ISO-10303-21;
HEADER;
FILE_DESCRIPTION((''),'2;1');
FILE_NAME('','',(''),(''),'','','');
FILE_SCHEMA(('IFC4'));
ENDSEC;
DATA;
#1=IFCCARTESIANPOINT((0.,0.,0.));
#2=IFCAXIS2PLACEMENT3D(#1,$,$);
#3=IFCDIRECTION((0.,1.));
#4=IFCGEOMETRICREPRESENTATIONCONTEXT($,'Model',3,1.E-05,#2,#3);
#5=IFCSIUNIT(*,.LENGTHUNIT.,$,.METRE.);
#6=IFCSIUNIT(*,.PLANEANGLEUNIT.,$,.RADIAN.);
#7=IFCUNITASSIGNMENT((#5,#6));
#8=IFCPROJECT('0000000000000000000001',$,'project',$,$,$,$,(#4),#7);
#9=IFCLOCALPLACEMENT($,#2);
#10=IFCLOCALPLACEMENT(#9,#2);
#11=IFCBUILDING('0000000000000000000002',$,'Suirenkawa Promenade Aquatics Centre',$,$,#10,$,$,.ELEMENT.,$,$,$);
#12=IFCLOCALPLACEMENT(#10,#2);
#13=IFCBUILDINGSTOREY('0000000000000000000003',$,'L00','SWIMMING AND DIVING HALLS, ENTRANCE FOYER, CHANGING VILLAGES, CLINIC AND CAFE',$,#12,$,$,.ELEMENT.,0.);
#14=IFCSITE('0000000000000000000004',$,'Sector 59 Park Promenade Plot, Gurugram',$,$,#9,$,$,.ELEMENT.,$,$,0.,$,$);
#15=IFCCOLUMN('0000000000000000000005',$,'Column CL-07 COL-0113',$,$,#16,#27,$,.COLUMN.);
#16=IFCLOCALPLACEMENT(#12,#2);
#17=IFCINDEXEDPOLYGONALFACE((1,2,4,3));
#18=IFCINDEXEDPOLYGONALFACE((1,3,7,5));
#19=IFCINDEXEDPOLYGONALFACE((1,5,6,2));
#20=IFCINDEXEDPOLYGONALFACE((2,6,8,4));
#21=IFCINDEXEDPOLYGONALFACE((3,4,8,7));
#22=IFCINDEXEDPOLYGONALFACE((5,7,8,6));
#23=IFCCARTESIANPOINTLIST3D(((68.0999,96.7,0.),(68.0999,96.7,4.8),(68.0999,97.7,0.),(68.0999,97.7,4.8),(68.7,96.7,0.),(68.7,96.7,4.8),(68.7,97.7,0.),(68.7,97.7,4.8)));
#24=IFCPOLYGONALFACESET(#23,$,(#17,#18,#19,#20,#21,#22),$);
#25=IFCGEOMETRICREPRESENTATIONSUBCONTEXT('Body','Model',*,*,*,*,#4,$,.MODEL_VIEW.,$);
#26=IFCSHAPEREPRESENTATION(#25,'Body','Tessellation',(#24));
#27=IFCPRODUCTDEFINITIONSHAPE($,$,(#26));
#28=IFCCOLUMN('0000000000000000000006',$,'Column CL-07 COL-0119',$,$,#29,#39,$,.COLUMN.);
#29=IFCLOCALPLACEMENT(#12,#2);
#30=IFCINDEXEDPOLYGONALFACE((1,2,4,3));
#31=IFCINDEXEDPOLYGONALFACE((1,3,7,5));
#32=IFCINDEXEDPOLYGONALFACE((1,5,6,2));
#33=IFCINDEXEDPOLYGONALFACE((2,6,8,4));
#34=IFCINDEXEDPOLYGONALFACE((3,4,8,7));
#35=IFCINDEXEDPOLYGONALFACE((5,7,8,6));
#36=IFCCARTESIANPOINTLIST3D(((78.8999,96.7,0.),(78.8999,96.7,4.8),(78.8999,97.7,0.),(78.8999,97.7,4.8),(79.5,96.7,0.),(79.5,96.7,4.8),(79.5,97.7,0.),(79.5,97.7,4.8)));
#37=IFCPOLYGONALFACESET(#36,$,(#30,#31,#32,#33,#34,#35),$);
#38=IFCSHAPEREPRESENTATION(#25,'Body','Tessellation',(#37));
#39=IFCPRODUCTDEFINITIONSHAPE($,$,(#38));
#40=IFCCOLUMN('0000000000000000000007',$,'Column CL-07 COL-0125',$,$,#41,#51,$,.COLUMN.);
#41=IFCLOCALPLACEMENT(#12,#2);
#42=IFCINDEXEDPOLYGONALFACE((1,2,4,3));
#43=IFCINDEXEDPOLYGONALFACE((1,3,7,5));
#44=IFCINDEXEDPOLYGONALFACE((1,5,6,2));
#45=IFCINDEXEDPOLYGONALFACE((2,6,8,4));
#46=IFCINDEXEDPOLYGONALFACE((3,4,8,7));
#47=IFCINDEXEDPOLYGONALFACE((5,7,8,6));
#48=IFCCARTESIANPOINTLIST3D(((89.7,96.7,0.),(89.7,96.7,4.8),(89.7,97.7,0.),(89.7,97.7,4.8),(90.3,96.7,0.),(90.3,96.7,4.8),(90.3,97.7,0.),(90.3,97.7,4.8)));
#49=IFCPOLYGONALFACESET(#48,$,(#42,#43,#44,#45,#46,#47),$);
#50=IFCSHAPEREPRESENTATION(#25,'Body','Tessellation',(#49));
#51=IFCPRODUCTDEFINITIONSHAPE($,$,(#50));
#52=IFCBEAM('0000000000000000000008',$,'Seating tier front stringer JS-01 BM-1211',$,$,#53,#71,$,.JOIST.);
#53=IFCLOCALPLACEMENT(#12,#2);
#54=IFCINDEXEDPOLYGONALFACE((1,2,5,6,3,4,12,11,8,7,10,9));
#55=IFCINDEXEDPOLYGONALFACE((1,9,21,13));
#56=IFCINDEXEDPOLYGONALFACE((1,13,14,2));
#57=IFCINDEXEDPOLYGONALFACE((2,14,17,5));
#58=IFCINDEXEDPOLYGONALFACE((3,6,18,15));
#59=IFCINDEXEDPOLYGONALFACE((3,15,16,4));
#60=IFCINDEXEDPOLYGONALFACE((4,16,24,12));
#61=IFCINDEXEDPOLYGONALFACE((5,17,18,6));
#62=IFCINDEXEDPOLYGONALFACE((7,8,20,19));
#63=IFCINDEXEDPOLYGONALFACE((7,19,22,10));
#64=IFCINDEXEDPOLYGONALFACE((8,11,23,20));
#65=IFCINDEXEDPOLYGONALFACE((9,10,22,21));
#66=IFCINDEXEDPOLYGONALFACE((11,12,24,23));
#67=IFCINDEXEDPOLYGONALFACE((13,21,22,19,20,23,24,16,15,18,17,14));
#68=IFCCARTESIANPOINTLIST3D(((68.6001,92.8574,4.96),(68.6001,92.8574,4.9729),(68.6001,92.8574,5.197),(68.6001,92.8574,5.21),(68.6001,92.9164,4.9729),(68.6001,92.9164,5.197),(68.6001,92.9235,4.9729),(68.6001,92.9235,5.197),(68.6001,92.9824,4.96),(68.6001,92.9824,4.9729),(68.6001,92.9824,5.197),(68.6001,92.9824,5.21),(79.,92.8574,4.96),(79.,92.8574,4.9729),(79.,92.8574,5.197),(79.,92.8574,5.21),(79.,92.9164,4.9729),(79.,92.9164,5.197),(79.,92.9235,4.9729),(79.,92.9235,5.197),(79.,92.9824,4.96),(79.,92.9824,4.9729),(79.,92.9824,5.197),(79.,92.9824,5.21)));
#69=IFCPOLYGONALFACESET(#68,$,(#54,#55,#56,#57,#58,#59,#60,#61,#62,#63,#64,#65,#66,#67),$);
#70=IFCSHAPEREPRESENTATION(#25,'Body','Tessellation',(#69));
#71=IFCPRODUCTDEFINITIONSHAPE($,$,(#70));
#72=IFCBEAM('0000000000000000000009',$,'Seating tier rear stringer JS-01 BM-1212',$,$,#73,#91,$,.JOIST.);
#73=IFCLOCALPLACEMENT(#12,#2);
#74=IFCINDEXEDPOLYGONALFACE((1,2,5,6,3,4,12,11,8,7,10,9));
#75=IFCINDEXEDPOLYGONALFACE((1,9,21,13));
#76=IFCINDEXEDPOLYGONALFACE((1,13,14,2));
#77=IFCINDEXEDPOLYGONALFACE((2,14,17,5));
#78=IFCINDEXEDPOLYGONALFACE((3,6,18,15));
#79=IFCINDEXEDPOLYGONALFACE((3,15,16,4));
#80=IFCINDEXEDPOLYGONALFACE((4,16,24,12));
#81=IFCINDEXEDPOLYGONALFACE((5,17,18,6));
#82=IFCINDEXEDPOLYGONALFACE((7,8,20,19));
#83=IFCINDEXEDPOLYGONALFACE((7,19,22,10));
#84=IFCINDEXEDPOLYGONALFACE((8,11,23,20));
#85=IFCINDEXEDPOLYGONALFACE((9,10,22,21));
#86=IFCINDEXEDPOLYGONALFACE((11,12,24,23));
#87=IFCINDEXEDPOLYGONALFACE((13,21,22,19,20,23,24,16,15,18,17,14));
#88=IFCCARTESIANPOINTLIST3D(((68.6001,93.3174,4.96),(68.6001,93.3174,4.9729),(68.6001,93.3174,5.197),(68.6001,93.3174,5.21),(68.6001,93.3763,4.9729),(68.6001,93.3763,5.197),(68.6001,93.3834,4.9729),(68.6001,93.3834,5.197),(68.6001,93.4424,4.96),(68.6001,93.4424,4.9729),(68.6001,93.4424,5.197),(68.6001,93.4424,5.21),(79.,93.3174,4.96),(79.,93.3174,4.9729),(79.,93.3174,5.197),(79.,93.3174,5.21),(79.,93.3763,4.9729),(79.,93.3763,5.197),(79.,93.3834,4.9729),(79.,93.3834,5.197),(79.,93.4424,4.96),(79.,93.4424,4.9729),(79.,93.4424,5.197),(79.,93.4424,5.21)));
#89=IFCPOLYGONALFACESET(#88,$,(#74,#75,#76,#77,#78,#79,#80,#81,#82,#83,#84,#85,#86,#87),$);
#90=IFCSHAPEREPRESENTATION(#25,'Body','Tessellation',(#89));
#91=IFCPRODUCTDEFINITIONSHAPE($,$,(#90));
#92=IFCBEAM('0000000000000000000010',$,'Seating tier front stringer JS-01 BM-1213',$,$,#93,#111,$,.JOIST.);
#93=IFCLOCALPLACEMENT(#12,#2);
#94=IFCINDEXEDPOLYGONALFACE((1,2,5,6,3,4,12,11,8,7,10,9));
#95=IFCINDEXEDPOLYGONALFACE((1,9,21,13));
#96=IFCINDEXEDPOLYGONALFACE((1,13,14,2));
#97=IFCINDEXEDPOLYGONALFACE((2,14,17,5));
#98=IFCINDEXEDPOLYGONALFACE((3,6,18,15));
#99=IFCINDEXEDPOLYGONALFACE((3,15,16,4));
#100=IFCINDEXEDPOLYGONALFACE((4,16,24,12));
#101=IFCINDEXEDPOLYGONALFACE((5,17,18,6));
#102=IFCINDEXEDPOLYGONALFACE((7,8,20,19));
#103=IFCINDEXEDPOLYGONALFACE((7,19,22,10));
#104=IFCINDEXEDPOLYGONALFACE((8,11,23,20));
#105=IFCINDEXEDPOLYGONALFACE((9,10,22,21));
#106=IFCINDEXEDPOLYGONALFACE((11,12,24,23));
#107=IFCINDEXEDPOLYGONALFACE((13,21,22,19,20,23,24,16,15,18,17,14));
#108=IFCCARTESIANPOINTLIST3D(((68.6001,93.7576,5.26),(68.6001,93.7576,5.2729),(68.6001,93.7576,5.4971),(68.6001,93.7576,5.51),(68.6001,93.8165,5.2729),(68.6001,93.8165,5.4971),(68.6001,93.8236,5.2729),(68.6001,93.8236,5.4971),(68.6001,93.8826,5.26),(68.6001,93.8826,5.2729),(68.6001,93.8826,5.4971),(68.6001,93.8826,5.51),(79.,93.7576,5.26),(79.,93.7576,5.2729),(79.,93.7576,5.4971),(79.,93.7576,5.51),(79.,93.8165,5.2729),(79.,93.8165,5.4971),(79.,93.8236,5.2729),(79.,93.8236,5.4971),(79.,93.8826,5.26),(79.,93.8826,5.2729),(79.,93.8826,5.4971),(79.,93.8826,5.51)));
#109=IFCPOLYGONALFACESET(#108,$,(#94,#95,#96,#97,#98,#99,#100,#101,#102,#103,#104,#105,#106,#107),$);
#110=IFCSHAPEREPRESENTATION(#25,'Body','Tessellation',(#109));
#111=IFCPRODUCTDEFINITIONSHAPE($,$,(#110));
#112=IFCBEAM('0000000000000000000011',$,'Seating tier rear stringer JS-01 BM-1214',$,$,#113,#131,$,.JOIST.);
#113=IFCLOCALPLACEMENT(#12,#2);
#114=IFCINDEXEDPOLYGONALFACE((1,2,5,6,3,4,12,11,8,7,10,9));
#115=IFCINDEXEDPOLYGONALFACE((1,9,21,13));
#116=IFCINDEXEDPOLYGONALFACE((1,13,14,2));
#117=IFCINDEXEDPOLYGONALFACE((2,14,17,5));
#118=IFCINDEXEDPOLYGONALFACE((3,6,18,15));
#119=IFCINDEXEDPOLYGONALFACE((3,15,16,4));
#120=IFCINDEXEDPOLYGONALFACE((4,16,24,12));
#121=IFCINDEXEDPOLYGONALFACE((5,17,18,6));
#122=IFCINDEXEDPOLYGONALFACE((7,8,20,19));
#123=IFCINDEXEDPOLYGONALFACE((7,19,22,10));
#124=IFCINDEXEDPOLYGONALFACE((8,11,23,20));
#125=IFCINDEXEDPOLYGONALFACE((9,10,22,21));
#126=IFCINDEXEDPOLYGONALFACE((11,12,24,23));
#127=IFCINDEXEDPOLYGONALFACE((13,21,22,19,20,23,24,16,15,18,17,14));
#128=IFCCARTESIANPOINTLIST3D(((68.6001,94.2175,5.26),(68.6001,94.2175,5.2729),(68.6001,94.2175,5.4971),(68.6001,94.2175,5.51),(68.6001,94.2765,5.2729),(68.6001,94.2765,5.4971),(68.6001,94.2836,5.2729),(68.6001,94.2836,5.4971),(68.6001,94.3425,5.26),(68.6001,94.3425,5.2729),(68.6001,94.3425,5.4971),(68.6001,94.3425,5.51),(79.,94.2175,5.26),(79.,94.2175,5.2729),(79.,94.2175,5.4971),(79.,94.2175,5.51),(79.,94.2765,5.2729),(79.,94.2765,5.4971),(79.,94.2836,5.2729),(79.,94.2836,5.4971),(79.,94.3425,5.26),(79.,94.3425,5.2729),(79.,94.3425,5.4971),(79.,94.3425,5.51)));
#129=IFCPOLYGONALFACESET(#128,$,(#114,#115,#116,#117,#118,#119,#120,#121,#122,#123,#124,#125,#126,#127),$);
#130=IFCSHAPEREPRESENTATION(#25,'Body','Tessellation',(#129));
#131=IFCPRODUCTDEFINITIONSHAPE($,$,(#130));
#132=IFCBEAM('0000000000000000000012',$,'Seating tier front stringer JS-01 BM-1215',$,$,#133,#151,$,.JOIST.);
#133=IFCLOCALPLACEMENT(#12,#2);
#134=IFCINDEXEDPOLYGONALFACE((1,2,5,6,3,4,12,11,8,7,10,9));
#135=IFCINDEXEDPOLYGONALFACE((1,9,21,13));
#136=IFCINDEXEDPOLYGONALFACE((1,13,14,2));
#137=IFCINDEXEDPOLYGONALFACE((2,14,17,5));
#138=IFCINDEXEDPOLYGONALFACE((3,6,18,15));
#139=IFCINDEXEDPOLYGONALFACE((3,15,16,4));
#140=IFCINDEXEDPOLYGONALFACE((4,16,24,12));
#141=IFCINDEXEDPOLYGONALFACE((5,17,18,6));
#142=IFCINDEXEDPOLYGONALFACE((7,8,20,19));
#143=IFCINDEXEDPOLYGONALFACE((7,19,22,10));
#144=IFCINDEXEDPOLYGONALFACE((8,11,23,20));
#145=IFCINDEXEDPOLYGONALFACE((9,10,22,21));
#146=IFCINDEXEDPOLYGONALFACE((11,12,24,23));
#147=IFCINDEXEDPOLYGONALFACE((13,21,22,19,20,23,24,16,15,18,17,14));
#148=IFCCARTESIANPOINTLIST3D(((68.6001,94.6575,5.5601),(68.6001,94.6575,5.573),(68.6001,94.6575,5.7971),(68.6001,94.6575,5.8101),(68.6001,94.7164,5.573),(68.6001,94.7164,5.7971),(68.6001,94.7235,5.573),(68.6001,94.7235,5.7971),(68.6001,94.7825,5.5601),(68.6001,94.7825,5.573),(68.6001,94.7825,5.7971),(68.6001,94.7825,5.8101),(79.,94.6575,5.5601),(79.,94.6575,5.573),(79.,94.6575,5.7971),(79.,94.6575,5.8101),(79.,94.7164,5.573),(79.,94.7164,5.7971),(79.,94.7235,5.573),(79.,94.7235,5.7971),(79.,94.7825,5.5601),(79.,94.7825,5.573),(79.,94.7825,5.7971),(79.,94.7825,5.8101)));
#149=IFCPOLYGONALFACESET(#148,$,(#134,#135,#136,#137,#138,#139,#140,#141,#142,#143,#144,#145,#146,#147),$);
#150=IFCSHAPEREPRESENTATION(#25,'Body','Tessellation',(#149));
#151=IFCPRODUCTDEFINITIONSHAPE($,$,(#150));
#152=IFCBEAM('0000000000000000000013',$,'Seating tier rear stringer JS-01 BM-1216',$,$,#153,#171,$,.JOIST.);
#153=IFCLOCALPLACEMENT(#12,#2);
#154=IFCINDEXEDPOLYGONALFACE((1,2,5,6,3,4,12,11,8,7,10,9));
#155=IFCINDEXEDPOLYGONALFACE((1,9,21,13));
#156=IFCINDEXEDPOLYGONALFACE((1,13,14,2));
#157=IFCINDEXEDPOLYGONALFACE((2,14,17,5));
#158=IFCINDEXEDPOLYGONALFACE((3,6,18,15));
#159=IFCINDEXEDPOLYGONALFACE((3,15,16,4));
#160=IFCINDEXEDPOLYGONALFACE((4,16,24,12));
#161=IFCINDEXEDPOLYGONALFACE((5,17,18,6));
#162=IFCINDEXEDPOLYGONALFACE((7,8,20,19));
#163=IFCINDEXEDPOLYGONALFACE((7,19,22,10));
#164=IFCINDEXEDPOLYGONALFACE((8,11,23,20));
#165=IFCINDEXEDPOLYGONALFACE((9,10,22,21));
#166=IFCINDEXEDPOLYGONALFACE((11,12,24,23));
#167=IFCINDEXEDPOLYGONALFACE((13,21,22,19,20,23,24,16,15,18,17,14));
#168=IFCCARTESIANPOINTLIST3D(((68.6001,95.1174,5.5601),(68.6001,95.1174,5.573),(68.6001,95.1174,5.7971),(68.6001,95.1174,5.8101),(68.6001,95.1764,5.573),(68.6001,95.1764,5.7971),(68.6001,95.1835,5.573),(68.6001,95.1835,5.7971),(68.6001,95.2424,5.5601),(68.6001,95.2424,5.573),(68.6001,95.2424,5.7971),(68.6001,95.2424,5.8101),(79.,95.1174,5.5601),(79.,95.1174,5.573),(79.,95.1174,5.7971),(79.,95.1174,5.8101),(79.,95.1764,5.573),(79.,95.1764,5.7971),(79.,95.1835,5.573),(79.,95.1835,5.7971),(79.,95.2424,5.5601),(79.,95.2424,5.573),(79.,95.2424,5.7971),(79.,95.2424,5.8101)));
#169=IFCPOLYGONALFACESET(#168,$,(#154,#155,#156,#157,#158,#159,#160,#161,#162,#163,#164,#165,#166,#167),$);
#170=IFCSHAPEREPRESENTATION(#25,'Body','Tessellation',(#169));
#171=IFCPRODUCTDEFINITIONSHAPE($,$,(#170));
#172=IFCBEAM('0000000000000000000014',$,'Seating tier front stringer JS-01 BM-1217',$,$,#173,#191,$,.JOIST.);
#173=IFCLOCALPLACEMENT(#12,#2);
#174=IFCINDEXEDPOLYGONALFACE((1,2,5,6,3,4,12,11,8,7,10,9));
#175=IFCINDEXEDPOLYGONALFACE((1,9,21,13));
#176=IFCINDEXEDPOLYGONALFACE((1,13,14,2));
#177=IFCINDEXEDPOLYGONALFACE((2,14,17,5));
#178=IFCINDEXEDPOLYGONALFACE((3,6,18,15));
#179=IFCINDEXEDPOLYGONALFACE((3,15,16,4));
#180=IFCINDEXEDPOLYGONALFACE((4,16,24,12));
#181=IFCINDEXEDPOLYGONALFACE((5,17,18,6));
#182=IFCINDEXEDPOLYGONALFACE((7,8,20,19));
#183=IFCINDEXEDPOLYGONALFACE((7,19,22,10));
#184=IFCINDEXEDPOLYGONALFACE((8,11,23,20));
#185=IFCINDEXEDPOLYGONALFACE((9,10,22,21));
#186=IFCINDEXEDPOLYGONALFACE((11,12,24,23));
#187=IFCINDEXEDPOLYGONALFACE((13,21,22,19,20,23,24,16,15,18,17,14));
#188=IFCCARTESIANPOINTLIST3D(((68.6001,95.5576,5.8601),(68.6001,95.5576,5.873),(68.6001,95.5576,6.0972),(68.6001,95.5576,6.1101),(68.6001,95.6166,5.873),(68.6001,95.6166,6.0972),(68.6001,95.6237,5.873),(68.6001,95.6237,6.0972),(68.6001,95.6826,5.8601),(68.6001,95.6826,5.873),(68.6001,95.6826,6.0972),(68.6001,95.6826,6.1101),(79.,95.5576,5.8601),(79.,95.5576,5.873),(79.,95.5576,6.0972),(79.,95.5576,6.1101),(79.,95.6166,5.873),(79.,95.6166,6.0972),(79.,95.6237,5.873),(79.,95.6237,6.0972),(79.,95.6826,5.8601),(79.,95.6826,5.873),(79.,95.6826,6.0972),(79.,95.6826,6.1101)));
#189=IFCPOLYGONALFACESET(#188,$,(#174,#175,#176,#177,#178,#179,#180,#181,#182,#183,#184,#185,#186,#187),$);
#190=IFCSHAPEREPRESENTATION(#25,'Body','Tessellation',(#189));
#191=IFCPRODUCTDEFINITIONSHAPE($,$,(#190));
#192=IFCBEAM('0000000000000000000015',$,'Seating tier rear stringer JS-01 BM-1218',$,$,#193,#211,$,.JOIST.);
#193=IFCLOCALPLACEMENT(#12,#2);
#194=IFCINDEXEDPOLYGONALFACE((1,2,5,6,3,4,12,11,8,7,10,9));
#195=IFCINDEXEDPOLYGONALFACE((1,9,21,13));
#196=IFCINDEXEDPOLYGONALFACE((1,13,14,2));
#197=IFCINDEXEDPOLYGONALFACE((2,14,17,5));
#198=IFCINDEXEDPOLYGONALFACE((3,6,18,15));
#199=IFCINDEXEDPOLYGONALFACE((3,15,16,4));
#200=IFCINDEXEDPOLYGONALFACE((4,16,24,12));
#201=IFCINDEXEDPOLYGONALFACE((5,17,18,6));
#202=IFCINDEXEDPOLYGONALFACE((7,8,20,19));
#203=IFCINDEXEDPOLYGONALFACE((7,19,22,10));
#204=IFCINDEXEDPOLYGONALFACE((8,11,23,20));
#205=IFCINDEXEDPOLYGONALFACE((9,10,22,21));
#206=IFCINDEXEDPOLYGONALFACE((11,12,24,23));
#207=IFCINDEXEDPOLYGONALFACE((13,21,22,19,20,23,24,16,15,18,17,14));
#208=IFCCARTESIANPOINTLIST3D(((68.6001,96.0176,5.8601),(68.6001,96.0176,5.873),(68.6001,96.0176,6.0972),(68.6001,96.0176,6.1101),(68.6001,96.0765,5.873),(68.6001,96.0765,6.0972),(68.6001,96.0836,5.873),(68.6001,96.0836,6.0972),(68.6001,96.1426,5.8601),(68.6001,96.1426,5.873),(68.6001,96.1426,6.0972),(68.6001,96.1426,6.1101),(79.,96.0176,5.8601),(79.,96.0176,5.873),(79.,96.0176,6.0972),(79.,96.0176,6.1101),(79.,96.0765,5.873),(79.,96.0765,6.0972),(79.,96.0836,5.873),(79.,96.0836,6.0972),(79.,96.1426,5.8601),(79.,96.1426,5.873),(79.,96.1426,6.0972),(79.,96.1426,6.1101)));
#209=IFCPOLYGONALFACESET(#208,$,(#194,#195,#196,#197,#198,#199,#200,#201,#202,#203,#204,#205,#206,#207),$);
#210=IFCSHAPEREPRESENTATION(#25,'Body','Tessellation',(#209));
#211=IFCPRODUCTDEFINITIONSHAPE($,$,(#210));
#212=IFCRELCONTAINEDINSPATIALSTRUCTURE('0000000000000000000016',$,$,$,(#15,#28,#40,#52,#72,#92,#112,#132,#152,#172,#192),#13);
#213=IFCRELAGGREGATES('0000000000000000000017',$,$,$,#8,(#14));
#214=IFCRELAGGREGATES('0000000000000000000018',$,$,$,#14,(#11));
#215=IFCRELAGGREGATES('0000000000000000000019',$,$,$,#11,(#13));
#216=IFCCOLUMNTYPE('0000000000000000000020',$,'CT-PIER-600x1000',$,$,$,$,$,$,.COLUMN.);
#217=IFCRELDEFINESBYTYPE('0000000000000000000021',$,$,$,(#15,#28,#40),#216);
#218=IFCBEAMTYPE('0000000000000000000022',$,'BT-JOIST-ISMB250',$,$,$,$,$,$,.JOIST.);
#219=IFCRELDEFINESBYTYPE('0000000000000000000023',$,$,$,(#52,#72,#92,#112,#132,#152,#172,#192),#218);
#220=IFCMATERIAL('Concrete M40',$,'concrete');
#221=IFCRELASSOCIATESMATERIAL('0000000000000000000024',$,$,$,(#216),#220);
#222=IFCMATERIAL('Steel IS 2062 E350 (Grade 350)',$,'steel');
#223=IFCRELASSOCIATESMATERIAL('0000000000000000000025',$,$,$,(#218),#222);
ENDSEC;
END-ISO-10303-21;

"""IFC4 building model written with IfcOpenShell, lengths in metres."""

from ifc_helpers import new_model, si_unit, direction, frame, origin, origin_2d, place, context, subcontext, project, spatial, rectangle, i_section, extrude, material, material_profile, profile_set, type_object, element, save


model = new_model("IFC4")

# Units and contexts
model_context = context("Model", 3, precision=1e-05, world=origin(), true_north=direction((0.0, 1.0)))
body_context = subcontext(model_context, "Body", "Model", "MODEL_VIEW")
ifc_project = project(units=[si_unit("LENGTHUNIT", "METRE"), si_unit("PLANEANGLEUNIT", "RADIAN")], contexts=[model_context])

# Site, building, storey
site_placement = place(None, origin())
site = spatial("IfcSite", under=ifc_project, at=site_placement, Name="Sector 59 Park Promenade Plot, Gurugram", CompositionType="ELEMENT", RefElevation=0.0)
building_placement = place(site_placement, origin())
building = spatial("IfcBuilding", under=site, at=building_placement, Name="Suirenkawa Promenade Aquatics Centre", CompositionType="ELEMENT")
storey_placement = place(building_placement, origin())
storey = spatial("IfcBuildingStorey", under=building, at=storey_placement, Name="L00", Description="SWIMMING AND DIVING HALLS, ENTRANCE FOYER, CHANGING VILLAGES, CLINIC AND CAFE", CompositionType="ELEMENT", Elevation=0.0)

# Columns
ifc_material_1 = material(Name="Concrete M40", Category="concrete")
ifc_material_profile_1 = material_profile(ifc_material_1, rectangle(XDim=0.6001, YDim=1.0, at=origin_2d()), Name="RC PIER 600x1000", Category="concrete")
ifc_profile_set_1 = profile_set([ifc_material_profile_1], Name="Concrete M40")
column_type = type_object("IfcColumnType", Name="CT-PIER-600x1000", PredefinedType="COLUMN", material=ifc_profile_set_1)
for number, where, z_axis, x_axis, name in (
    (1, (68.3999, 97.2, 0.0), (0.0, 0.0, 1.0), (1.0, 0.0, 0.0), "Column CL-07 COL-0113"),
    (2, (79.2, 97.2, 0.0), (0.0, 0.0, 1.0), (1.0, 0.0, 0.0), "Column CL-07 COL-0119"),
    (3, (90.0, 97.2, 0.0), (0.0, 0.0, 1.0), (1.0, 0.0, 0.0), "Column CL-07 COL-0125"),
):
    element("IfcColumn", number, at=place(storey_placement, frame(where, z_axis=z_axis, x_axis=x_axis)), inside=storey, type_object=column_type, Name=name, PredefinedType="COLUMN", context=body_context, shape_type="SweptSolid", body=[
        extrude(rectangle(XDim=0.6001, YDim=1.0, at=origin_2d()), origin(), (0.0, 0.0, 1.0), 4.8),
    ])

# Beams
ifc_material_2 = material(Name="Steel IS 2062 E350 (Grade 350)", Category="steel")
ifc_material_profile_2 = material_profile(ifc_material_2, i_section(OverallWidth=0.125, OverallDepth=0.25, WebThickness=0.0071, FlangeThickness=0.0129, at=origin_2d()), Name="ISMB 250", Category="steel")
ifc_profile_set_2 = profile_set([ifc_material_profile_2], Name="Steel IS 2062 E350 (Grade 350)")
beam_type_1 = type_object("IfcBeamType", Name="BT-JOIST-ISMB250", PredefinedType="JOIST", material=ifc_profile_set_2)
for number, where, z_axis, x_axis, name in (
    (4, (68.6001, 92.9199, 5.085), (1.0, 0.0, 0.0), (0.0, 1.0, 0.0), "Seating tier front stringer JS-01 BM-1211"),
    (5, (68.6001, 93.3799, 5.085), (1.0, 0.0, 0.0), (0.0, 1.0, 0.0), "Seating tier rear stringer JS-01 BM-1212"),
    (6, (68.6001, 93.8201, 5.385), (1.0, 0.0, 0.0), (0.0, 1.0, 0.0), "Seating tier front stringer JS-01 BM-1213"),
    (7, (68.6001, 94.28, 5.385), (1.0, 0.0, 0.0), (0.0, 1.0, 0.0), "Seating tier rear stringer JS-01 BM-1214"),
    (8, (68.6001, 94.72, 5.6851), (1.0, 0.0, 0.0), (0.0, 1.0, 0.0), "Seating tier front stringer JS-01 BM-1215"),
    (9, (68.6001, 95.1799, 5.6851), (1.0, 0.0, 0.0), (0.0, 1.0, 0.0), "Seating tier rear stringer JS-01 BM-1216"),
    (10, (68.6001, 95.6201, 5.9851), (1.0, 0.0, 0.0), (0.0, 1.0, 0.0), "Seating tier front stringer JS-01 BM-1217"),
    (11, (68.6001, 96.0801, 5.9851), (1.0, 0.0, 0.0), (0.0, 1.0, 0.0), "Seating tier rear stringer JS-01 BM-1218"),
):
    element("IfcBeam", number, at=place(storey_placement, frame(where, z_axis=z_axis, x_axis=x_axis)), inside=storey, type_object=beam_type_1, Name=name, PredefinedType="JOIST", context=body_context, shape_type="SweptSolid", body=[
        extrude(i_section(OverallWidth=0.125, OverallDepth=0.25, WebThickness=0.0071, FlangeThickness=0.0129, at=origin_2d()), origin(), (0.0, 0.0, 1.0), 10.3999),
    ])

save(model, "model.ifc")
